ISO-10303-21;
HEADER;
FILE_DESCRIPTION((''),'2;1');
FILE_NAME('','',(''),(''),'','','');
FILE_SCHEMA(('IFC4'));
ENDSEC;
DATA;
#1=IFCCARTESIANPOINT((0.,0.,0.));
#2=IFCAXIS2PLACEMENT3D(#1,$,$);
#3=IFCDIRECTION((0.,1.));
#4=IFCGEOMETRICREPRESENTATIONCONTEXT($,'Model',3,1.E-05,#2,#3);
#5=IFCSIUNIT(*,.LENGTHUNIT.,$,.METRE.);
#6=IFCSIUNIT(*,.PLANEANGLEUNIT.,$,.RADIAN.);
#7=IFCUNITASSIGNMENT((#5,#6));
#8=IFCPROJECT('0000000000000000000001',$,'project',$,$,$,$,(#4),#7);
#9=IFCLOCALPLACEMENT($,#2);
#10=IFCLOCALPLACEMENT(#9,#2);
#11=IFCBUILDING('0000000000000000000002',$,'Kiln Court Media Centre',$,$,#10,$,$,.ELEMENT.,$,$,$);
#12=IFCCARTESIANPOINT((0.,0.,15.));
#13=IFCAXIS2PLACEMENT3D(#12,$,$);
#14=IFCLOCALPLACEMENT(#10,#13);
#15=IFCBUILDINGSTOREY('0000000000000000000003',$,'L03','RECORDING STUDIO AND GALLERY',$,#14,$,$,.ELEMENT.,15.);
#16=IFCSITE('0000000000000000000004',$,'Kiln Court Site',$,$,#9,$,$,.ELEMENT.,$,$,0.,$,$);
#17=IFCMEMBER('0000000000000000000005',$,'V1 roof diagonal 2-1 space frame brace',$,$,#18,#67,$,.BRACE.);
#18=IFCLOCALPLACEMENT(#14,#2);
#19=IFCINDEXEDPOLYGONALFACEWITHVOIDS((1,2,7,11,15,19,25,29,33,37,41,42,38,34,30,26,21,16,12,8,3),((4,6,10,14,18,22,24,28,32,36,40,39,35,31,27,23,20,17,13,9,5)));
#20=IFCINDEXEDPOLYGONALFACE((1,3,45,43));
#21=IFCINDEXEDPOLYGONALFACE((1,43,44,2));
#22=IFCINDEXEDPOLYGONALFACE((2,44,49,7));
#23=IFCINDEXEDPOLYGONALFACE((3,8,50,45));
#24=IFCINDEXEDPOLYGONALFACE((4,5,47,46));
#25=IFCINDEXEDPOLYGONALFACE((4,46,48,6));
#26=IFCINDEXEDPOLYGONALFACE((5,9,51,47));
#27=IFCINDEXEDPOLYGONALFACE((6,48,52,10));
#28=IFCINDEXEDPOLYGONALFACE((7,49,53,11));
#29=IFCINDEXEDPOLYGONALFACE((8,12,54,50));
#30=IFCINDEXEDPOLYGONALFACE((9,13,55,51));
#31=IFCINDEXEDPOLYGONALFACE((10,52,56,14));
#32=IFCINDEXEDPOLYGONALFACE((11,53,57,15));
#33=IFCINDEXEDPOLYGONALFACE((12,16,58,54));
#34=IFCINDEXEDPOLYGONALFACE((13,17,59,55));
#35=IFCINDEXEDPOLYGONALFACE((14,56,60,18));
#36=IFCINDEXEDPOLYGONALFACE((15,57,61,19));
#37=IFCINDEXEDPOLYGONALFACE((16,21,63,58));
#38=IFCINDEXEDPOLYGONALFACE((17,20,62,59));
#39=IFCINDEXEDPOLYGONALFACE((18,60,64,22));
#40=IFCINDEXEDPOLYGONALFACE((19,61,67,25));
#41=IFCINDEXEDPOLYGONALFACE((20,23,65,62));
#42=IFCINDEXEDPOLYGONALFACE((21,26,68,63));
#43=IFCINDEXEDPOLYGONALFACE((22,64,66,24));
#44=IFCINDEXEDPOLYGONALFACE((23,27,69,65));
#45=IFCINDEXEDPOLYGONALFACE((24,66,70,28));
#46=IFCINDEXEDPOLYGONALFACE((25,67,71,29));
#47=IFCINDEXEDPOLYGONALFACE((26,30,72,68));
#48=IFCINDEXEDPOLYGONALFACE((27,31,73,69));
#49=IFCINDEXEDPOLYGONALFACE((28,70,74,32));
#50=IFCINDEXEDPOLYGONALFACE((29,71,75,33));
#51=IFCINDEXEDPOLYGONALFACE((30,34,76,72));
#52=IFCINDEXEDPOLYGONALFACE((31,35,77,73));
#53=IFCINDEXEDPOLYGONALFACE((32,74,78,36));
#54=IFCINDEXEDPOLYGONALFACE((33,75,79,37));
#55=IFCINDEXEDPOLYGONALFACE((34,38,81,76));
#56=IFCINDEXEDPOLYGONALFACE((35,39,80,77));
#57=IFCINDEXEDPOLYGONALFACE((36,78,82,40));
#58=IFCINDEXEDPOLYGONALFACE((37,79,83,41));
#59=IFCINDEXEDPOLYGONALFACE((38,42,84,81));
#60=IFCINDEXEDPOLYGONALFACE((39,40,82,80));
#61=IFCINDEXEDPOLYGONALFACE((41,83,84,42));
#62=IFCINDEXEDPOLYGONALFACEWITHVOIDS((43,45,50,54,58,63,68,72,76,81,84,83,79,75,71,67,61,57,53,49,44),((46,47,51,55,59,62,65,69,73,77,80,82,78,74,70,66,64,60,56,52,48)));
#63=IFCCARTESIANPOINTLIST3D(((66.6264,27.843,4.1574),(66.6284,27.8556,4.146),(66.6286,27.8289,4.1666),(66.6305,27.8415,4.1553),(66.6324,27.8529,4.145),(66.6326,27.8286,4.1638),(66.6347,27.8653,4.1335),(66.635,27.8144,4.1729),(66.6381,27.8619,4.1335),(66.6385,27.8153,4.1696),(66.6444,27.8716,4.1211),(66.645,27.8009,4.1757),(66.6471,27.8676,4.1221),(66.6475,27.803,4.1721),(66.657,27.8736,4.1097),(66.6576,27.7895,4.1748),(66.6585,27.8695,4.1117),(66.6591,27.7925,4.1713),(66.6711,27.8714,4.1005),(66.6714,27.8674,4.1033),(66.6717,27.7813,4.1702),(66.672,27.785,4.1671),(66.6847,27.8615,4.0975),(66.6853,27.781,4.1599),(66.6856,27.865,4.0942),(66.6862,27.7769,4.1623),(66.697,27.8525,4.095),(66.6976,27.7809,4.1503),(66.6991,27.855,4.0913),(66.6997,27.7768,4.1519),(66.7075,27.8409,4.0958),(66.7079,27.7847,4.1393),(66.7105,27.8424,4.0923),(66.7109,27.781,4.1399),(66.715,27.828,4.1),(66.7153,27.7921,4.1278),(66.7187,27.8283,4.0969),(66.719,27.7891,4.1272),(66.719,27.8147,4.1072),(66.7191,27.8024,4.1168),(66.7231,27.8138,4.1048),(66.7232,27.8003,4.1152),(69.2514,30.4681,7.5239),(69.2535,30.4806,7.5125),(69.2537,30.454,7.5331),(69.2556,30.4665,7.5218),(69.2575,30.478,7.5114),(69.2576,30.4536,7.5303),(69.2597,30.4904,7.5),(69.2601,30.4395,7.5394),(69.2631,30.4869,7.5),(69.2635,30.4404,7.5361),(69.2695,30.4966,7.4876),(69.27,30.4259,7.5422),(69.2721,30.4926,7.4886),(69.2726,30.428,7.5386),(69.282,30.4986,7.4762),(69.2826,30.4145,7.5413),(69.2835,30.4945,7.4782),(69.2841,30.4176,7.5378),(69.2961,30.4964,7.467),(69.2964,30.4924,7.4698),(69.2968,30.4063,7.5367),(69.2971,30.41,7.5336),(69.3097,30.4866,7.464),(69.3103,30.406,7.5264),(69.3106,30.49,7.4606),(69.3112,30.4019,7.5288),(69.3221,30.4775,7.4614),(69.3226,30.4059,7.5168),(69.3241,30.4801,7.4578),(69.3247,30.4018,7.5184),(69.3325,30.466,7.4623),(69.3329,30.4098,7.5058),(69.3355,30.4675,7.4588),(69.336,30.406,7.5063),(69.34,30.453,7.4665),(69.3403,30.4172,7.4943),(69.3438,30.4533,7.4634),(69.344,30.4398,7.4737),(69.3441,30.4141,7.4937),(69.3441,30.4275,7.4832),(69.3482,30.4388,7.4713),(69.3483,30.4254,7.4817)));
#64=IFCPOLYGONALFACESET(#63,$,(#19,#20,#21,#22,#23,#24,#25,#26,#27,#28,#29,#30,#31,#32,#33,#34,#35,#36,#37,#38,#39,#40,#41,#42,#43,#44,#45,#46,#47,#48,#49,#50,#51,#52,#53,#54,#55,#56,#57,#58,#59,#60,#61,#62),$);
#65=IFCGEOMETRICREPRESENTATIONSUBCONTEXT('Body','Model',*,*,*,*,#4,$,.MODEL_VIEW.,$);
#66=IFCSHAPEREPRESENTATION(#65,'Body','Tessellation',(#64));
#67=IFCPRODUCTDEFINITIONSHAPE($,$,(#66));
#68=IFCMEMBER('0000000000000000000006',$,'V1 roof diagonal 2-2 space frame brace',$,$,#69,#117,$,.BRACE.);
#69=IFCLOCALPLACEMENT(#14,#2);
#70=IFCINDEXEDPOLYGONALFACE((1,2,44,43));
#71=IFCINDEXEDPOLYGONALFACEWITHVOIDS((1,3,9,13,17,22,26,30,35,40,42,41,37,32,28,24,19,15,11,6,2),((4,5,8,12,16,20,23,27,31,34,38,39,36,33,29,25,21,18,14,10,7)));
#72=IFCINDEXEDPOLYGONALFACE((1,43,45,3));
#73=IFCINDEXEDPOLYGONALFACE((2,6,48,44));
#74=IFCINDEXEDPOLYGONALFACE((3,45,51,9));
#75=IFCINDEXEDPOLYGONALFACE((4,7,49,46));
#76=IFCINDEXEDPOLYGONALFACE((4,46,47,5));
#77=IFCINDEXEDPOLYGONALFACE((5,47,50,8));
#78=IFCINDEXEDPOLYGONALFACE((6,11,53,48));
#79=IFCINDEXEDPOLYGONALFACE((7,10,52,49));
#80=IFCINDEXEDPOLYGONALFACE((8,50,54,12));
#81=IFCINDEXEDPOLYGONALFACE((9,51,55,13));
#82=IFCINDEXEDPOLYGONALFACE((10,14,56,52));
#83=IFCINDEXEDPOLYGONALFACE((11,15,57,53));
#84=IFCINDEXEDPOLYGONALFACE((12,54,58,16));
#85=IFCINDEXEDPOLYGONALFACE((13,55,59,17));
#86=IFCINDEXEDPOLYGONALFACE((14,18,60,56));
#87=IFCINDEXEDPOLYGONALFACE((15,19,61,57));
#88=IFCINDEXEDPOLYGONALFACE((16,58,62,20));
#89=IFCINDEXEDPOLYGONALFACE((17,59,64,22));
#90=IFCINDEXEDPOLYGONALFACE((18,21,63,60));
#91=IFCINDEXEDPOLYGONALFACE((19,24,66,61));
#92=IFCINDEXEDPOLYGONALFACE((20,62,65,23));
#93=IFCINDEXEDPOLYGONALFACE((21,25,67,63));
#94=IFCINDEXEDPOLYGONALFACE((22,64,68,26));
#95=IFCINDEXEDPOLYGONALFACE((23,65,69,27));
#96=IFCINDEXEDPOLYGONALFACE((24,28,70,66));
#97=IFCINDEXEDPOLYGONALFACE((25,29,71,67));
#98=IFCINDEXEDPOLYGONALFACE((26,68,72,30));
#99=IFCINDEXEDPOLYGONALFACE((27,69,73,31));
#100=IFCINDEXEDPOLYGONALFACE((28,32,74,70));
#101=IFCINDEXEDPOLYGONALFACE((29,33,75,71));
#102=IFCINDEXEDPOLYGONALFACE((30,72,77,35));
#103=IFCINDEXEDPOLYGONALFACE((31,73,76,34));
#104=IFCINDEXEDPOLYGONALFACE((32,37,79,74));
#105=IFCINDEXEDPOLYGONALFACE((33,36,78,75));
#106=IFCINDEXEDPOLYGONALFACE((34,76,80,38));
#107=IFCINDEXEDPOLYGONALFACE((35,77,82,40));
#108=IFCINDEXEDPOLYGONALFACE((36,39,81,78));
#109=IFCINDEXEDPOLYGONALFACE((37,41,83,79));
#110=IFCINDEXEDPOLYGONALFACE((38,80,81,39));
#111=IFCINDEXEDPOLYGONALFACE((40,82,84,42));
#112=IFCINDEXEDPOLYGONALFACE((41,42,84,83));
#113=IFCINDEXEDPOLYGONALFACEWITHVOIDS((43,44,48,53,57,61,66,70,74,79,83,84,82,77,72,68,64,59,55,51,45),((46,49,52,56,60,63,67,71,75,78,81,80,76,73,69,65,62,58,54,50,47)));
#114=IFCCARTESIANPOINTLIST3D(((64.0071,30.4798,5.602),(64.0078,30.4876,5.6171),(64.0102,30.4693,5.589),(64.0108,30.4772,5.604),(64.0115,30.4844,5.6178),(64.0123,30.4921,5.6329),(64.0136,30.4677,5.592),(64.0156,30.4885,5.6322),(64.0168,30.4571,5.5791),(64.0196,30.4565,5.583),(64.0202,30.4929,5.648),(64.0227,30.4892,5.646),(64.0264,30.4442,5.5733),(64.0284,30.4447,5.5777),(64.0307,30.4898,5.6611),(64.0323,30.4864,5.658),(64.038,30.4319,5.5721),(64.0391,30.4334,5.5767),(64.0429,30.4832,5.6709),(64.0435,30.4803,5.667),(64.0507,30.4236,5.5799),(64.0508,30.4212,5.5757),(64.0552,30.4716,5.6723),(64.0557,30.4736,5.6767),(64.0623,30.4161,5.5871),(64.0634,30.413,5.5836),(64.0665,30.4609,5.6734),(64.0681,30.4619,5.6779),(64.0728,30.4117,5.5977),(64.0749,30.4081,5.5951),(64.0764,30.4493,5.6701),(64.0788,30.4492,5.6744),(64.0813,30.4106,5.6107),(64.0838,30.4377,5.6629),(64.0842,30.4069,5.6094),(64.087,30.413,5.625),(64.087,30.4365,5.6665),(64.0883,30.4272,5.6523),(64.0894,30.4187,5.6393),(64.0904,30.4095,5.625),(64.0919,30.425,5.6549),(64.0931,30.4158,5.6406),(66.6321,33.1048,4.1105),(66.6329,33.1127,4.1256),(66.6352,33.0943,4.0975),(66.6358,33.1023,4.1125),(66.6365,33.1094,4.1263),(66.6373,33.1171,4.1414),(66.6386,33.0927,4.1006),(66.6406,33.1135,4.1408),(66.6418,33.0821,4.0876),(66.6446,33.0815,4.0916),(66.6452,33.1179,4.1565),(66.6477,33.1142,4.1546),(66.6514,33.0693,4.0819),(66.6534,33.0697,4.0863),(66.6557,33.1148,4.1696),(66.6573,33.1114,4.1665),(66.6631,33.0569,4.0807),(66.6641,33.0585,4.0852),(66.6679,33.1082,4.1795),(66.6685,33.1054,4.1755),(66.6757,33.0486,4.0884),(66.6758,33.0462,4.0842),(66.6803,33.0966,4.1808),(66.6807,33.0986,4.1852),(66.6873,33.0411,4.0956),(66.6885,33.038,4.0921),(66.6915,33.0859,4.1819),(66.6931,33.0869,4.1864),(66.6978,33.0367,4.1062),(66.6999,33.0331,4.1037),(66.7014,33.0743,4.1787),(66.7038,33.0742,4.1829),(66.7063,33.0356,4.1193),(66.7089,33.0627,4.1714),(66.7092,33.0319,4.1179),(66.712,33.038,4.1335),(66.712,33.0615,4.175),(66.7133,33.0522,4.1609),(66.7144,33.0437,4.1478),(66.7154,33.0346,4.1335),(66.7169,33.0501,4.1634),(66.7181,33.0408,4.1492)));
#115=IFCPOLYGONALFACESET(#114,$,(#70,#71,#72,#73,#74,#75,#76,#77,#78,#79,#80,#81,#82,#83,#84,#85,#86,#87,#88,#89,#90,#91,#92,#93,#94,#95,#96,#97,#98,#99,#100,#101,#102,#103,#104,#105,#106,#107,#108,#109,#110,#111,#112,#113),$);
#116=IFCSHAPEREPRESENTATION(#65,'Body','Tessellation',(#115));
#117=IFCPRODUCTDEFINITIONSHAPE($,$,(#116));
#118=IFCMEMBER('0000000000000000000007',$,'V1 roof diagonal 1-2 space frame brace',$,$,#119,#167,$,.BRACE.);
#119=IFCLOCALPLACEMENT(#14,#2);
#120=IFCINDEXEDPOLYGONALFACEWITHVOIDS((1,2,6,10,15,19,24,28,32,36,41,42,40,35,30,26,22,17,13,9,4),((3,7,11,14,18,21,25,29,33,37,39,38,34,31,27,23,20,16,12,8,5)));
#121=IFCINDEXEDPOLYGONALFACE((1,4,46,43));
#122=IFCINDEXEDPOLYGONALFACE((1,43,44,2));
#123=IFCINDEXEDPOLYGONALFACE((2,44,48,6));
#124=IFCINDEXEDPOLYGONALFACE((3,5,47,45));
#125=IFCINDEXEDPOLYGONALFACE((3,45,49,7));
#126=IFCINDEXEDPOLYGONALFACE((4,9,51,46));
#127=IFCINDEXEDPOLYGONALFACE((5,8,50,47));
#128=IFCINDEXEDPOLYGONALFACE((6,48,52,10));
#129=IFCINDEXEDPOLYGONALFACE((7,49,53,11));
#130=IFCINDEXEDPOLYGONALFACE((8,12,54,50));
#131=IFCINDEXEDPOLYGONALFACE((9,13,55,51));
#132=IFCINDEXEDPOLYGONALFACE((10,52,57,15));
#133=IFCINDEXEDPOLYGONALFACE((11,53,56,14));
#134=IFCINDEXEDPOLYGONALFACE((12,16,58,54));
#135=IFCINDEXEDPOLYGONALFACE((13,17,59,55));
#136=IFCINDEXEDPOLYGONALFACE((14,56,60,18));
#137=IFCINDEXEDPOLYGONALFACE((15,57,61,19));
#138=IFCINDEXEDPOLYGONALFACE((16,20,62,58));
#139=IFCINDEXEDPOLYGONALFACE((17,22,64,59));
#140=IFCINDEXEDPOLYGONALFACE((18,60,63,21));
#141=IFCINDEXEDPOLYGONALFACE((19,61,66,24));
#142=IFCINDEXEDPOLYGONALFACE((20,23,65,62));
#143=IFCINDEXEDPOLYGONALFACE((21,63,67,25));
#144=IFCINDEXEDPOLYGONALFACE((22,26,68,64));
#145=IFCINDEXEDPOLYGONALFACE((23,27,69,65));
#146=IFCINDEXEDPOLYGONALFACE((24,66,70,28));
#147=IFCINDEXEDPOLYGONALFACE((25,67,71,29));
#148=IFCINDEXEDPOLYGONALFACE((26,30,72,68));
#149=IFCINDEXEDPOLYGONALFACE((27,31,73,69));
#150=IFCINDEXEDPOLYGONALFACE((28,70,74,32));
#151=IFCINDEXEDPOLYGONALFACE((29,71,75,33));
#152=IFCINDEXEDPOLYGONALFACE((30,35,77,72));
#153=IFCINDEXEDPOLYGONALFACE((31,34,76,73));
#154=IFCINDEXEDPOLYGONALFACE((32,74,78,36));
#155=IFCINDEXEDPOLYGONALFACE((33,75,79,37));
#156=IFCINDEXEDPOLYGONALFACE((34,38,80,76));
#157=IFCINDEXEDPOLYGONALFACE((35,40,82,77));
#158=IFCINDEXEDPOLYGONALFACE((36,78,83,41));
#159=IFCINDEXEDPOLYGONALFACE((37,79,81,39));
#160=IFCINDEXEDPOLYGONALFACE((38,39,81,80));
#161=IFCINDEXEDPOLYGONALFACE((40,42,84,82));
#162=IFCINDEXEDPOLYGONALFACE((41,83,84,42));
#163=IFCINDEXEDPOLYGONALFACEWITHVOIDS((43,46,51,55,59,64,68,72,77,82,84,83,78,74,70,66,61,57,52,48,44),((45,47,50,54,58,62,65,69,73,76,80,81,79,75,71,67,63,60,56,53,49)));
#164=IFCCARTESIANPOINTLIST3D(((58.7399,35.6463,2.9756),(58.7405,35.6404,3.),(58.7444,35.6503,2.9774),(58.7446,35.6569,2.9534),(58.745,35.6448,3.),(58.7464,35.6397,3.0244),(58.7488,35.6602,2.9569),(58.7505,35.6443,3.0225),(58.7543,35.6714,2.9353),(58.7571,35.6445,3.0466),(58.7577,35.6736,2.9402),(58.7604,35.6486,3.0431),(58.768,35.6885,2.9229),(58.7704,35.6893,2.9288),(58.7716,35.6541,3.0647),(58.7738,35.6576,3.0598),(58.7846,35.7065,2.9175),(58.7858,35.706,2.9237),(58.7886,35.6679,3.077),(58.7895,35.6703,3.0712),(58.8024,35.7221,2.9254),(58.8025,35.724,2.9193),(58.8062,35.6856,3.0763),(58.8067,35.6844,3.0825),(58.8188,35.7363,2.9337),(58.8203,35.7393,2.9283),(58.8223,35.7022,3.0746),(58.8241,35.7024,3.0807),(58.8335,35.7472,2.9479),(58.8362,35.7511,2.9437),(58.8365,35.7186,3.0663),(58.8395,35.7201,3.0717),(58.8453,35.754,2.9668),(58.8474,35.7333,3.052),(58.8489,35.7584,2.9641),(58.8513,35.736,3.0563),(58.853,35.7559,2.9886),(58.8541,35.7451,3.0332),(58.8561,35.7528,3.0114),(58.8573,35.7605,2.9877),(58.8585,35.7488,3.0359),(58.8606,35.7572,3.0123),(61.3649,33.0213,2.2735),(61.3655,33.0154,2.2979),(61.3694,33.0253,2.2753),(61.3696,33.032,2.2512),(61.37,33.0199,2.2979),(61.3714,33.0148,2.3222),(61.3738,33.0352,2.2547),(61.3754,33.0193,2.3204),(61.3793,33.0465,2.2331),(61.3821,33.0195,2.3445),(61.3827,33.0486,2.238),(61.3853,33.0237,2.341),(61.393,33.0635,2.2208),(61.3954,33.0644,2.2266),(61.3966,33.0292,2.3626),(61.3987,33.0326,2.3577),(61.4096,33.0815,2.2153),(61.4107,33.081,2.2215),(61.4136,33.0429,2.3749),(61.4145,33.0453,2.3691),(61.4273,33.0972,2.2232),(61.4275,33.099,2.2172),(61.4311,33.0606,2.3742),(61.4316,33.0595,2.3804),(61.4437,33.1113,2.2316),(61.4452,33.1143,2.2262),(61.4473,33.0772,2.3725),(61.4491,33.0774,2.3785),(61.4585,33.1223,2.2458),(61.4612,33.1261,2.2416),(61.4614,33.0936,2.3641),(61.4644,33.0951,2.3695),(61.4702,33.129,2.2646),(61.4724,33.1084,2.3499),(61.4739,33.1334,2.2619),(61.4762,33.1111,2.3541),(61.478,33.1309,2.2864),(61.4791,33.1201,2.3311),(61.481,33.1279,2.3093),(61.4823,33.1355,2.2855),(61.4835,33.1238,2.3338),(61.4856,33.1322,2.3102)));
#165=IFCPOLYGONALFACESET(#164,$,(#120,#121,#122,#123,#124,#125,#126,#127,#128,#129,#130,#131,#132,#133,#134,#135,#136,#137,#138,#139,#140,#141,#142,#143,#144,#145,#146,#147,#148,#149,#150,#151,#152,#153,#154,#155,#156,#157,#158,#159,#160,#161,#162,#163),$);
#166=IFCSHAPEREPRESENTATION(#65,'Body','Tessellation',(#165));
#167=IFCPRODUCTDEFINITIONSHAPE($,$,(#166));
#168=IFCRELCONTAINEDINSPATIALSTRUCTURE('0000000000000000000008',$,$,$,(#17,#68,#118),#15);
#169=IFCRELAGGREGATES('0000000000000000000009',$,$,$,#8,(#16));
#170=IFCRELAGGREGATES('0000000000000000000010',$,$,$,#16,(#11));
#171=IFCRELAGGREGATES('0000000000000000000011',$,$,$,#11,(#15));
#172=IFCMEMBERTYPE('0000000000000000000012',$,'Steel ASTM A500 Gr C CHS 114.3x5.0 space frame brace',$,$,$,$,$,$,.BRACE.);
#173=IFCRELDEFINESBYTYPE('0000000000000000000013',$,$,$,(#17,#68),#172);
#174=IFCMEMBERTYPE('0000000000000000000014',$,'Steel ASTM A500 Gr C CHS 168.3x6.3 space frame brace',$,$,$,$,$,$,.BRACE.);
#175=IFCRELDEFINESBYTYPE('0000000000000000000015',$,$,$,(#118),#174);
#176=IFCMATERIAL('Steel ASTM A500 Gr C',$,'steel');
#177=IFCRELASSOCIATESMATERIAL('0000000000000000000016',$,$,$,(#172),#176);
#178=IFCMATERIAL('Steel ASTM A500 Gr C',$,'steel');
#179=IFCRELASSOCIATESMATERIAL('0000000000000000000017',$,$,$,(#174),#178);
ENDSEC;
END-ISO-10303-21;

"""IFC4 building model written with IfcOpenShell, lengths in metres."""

from ifc_helpers import new_model, si_unit, direction, frame, origin, origin_2d, place, context, subcontext, project, spatial, hollow_circle, extrude, material, material_profile, profile_set, type_object, element, save


model = new_model("IFC4")

# Units and contexts
model_context = context("Model", 3, precision=1e-05, world=origin(), true_north=direction((0.0, 1.0)))
body_context = subcontext(model_context, "Body", "Model", "MODEL_VIEW")
ifc_project = project(units=[si_unit("LENGTHUNIT", "METRE"), si_unit("PLANEANGLEUNIT", "RADIAN")], contexts=[model_context])

# Site, building, storey
site_placement = place(None, origin())
site = spatial("IfcSite", under=ifc_project, at=site_placement, Name="Kiln Court Site", CompositionType="ELEMENT", RefElevation=0.0)
building_placement = place(site_placement, origin())
building = spatial("IfcBuilding", under=site, at=building_placement, Name="Kiln Court Media Centre", CompositionType="ELEMENT")
storey_placement = place(building_placement, frame((0.0, 0.0, 15.0)))
storey = spatial("IfcBuildingStorey", under=building, at=storey_placement, Name="L03", Description="RECORDING STUDIO AND GALLERY", CompositionType="ELEMENT", Elevation=15.0)

# Members
ifc_material_1 = material(Name="Steel ASTM A500 Gr C", Category="steel")
ifc_material_profile_1 = material_profile(ifc_material_1, hollow_circle(Radius=0.0571, WallThickness=0.0049, at=origin_2d()), Name="CHS 114.3x5.0")
ifc_profile_set_1 = profile_set([ifc_material_profile_1], Name="Steel ASTM A500 Gr C")
member_type_1 = type_object("IfcMemberType", Name="Steel ASTM A500 Gr C CHS 114.3x5.0 space frame brace", PredefinedType="BRACE", material=ifc_profile_set_1)
member_1_placement = place(storey_placement, frame((66.675, 27.825, 4.1335), z_axis=(0.523804, 0.523804, 0.671758), x_axis=(-0.707107, 0.707107, 0.0)))
element("IfcMember", 1, at=member_1_placement, inside=storey, type_object=member_type_1, Name="V1 roof diagonal 2-1 space frame brace", PredefinedType="BRACE", context=body_context, shape_type="SweptSolid", body=[
    extrude(hollow_circle(Radius=0.0571, WallThickness=0.0049, at=origin_2d()), origin(), (0.0, 0.0, 1.0), 5.0115),
])
member_2_placement = place(storey_placement, frame((66.675, 33.075, 4.1335), z_axis=(-0.656133, -0.656133, 0.372798), x_axis=(0.707107, -0.707107, 0.0)))
element("IfcMember", 2, at=member_2_placement, inside=storey, type_object=member_type_1, Name="V1 roof diagonal 2-2 space frame brace", PredefinedType="BRACE", context=body_context, shape_type="SweptSolid", body=[
    extrude(hollow_circle(Radius=0.0571, WallThickness=0.0049, at=origin_2d()), origin(), (0.0, 0.0, 1.0), 4.0007),
])
ifc_material_2 = material(Name="Steel ASTM A500 Gr C", Category="steel")
ifc_material_profile_2 = material_profile(ifc_material_2, hollow_circle(Radius=0.0842, WallThickness=0.0063, at=origin_2d()), Name="CHS 168.3x6.3")
ifc_profile_set_2 = profile_set([ifc_material_profile_2], Name="Steel ASTM A500 Gr C")
member_type_2 = type_object("IfcMemberType", Name="Steel ASTM A500 Gr C CHS 168.3x6.3 space frame brace", PredefinedType="BRACE", material=ifc_profile_set_2)
member_3_placement = place(storey_placement, frame((61.425, 33.075, 2.2979), z_axis=(-0.694788, 0.694788, 0.185846), x_axis=(-0.707107, -0.707107, 0.0)))
element("IfcMember", 3, at=member_3_placement, inside=storey, type_object=member_type_2, Name="V1 roof diagonal 1-2 space frame brace", PredefinedType="BRACE", context=body_context, shape_type="SweptSolid", body=[
    extrude(hollow_circle(Radius=0.0842, WallThickness=0.0063, at=origin_2d()), origin(), (0.0, 0.0, 1.0), 3.7781),
])

save(model, "model.ifc")
